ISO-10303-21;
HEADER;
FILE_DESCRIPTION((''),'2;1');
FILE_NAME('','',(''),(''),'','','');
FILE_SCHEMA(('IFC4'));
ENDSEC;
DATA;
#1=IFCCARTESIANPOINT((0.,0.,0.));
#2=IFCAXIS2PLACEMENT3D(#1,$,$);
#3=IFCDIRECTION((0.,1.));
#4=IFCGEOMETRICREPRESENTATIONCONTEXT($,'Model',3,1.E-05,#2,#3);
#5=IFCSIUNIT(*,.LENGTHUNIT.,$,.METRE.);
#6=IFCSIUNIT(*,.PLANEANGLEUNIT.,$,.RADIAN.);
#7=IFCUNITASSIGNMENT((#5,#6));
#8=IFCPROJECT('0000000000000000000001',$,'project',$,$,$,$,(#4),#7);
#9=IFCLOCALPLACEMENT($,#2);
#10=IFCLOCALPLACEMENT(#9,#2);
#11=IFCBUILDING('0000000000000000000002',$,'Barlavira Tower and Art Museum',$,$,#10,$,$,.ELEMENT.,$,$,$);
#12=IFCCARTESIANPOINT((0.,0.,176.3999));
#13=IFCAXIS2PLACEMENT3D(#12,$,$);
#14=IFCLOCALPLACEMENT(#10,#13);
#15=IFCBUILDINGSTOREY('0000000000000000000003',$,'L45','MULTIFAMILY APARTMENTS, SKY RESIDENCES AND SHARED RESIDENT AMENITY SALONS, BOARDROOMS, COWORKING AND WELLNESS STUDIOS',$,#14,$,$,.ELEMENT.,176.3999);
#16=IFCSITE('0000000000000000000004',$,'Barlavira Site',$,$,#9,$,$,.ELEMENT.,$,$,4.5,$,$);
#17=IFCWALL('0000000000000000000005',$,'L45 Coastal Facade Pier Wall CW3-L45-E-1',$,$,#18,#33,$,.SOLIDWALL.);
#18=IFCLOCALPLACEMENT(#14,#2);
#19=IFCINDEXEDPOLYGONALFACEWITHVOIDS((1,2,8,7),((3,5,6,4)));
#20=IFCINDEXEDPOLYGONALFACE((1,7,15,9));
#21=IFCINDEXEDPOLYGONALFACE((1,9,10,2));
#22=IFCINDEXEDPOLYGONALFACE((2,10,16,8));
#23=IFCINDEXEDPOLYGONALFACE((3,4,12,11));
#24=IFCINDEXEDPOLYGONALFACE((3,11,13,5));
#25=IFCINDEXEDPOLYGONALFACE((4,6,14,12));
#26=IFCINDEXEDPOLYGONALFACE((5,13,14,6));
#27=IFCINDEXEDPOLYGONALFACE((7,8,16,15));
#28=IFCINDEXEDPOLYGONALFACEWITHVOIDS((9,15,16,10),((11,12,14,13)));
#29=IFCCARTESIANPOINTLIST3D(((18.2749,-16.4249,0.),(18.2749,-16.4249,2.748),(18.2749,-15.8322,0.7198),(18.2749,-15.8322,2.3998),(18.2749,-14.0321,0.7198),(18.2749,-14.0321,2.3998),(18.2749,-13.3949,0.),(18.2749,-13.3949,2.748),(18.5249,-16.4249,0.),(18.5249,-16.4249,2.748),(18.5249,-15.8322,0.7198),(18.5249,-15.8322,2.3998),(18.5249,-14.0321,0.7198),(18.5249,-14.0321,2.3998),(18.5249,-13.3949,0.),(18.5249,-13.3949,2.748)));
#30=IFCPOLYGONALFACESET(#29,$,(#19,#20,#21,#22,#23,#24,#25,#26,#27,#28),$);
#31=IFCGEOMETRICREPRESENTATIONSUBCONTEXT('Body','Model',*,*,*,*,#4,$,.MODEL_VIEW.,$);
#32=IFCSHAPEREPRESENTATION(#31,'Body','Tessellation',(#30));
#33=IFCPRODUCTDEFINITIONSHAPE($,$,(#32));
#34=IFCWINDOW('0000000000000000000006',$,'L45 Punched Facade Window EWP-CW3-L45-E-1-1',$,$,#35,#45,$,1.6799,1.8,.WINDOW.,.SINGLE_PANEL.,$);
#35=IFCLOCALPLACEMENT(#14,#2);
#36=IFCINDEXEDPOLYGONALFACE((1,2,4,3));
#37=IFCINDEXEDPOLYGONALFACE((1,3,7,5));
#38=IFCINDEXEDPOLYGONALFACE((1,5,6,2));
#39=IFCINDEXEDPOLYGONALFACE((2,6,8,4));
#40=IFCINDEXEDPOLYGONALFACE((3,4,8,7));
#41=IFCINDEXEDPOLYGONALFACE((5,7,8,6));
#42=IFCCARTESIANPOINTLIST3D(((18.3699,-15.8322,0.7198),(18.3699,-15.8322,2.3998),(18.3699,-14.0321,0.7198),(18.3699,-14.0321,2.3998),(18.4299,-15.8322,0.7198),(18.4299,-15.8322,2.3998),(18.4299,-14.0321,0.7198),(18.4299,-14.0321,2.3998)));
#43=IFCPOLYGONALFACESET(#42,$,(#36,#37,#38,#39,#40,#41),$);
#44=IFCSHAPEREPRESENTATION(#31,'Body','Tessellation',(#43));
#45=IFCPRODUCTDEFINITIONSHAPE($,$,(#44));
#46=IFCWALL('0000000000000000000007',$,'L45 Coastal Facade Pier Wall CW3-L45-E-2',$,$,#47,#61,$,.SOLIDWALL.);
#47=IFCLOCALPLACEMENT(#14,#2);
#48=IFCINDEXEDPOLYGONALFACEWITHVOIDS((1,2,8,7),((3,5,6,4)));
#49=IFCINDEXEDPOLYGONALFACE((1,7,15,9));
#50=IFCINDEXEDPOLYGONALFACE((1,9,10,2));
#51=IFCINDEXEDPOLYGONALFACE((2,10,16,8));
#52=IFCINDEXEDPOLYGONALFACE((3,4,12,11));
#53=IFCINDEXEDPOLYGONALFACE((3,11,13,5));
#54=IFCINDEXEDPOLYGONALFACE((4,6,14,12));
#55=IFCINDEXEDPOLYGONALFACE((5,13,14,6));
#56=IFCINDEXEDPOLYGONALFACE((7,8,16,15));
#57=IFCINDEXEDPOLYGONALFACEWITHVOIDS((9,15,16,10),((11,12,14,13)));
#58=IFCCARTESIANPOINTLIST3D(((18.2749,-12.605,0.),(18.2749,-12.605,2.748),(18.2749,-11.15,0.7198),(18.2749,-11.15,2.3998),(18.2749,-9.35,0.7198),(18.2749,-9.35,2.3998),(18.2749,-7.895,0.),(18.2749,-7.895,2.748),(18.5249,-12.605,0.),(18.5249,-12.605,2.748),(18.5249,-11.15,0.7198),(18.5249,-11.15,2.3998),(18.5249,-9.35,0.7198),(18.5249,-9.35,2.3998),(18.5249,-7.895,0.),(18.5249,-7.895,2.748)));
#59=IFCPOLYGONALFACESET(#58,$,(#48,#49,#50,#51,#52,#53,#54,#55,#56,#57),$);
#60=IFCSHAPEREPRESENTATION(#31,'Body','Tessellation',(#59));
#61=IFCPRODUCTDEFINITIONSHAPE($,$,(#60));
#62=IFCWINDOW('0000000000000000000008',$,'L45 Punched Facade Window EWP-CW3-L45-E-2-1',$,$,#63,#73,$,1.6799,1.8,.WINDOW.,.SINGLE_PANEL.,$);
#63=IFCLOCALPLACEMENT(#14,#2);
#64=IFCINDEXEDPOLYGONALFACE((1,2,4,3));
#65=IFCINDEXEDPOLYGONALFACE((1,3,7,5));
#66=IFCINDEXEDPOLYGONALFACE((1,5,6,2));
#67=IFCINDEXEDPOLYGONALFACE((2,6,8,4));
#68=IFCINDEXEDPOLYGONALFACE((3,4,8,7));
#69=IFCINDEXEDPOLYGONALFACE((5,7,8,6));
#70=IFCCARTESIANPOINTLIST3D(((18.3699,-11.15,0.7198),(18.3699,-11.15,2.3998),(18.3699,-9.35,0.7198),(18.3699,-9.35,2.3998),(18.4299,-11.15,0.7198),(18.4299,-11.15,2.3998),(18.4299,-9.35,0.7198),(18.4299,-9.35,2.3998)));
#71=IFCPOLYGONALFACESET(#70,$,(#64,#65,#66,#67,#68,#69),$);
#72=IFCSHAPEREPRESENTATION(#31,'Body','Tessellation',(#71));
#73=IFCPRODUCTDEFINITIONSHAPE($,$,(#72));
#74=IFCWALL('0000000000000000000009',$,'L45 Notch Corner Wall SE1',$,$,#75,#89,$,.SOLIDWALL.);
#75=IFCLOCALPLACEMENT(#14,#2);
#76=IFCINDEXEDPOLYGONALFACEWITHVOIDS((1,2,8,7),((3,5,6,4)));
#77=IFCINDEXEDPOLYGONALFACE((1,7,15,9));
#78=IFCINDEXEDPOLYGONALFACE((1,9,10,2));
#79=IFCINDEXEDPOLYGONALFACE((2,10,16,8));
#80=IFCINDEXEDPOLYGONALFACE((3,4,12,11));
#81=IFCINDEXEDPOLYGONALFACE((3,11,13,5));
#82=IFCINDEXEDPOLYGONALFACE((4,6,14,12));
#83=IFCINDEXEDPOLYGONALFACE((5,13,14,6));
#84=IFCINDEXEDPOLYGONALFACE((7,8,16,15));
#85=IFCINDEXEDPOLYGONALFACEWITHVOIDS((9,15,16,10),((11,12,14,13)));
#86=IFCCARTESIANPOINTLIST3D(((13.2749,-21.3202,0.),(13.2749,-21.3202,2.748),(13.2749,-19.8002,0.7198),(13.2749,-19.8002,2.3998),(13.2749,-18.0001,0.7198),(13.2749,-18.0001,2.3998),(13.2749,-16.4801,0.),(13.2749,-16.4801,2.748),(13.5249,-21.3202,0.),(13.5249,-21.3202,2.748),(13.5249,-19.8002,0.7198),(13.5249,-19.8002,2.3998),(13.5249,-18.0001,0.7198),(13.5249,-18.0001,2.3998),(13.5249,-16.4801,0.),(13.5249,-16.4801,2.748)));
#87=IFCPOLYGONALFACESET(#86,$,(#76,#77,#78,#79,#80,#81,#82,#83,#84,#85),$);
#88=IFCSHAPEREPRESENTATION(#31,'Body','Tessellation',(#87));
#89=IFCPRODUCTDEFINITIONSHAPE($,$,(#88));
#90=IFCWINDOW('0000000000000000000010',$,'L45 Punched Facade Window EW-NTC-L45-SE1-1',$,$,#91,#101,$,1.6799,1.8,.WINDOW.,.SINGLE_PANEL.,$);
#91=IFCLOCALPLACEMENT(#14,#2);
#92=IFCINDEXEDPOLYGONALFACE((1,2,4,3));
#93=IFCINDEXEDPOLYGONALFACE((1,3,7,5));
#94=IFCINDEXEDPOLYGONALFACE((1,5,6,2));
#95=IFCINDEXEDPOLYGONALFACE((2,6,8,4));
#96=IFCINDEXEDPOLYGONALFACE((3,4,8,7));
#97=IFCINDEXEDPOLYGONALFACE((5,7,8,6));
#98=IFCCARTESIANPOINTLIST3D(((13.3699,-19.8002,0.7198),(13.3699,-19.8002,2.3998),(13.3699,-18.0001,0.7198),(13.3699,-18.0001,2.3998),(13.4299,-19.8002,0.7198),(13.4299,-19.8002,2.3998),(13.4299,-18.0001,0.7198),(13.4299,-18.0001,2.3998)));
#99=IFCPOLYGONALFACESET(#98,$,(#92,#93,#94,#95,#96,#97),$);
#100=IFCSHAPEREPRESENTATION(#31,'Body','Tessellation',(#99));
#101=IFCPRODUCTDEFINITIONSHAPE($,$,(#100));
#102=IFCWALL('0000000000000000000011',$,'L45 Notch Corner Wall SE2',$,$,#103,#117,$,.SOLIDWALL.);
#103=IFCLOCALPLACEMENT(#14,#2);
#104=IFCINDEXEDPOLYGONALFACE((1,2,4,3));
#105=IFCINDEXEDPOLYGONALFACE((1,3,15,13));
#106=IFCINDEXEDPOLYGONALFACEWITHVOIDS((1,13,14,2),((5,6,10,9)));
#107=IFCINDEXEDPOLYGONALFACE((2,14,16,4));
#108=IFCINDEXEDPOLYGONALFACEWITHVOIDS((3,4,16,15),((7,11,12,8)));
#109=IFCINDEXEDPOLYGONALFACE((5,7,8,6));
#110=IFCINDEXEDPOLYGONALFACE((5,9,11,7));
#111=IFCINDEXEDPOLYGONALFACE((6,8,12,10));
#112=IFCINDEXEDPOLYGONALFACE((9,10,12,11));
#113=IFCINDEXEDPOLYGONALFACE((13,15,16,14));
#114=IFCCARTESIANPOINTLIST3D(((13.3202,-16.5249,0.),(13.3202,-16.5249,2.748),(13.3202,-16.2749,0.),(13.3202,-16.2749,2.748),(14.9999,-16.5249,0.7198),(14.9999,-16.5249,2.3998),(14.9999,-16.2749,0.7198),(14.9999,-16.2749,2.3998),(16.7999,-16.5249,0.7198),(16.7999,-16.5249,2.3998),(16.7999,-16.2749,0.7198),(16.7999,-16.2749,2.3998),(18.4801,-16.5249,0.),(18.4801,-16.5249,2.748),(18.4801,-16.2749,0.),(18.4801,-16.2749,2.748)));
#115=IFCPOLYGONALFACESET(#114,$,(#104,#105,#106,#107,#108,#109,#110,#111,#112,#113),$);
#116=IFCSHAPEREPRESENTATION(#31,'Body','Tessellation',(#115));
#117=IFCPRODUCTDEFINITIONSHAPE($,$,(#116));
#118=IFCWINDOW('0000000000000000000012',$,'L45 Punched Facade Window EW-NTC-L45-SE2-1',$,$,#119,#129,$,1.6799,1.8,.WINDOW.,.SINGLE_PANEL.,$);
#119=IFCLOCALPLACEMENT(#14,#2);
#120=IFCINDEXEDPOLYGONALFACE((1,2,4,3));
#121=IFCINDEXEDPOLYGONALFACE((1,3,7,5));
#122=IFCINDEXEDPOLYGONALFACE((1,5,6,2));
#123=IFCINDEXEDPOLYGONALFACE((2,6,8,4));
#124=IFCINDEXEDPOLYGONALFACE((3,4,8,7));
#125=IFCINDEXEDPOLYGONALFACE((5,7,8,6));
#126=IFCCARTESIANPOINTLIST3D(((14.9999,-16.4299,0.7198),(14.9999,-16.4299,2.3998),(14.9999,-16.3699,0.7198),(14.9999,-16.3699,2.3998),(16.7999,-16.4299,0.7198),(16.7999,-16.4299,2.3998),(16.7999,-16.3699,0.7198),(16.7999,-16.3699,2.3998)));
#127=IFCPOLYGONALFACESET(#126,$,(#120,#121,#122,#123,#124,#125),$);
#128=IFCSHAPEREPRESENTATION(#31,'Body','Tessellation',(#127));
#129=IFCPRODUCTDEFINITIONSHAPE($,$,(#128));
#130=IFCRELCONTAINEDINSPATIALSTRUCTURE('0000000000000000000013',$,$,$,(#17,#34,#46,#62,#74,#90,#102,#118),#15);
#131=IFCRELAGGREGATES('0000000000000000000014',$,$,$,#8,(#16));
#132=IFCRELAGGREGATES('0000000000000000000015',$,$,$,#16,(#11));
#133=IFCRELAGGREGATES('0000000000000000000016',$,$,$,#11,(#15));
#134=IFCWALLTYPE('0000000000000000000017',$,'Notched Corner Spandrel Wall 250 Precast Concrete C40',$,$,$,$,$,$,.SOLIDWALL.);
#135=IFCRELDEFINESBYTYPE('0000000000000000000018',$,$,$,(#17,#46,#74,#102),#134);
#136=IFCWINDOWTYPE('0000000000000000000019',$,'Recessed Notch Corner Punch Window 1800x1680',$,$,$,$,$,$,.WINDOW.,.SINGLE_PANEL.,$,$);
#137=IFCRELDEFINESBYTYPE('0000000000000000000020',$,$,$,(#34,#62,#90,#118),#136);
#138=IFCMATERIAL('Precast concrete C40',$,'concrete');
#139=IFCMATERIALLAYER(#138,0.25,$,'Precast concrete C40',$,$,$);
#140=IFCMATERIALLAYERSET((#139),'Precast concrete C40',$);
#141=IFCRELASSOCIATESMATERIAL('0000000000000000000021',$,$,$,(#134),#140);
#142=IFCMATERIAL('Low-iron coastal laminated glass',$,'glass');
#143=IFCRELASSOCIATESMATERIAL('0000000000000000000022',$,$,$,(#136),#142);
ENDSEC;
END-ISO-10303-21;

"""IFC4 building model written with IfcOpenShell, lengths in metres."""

from ifc_helpers import new_model, si_unit, direction, frame, frame_2d, origin, place, context, subcontext, project, spatial, rectangle, extrude, material, layer, layer_set, type_object, element, fill, save


model = new_model("IFC4")

# Units and contexts
model_context = context("Model", 3, precision=1e-05, world=origin(), true_north=direction((0.0, 1.0)))
body_context = subcontext(model_context, "Body", "Model", "MODEL_VIEW")
ifc_project = project(units=[si_unit("LENGTHUNIT", "METRE"), si_unit("PLANEANGLEUNIT", "RADIAN")], contexts=[model_context])

# Site, building, storey
site_placement = place(None, origin())
site = spatial("IfcSite", under=ifc_project, at=site_placement, Name="Barlavira Site", CompositionType="ELEMENT", RefElevation=4.5)
building_placement = place(site_placement, origin())
building = spatial("IfcBuilding", under=site, at=building_placement, Name="Barlavira Tower and Art Museum", CompositionType="ELEMENT")
storey_placement = place(building_placement, frame((0.0, 0.0, 176.3999)))
storey = spatial("IfcBuildingStorey", under=building, at=storey_placement, Name="L45", Description="MULTIFAMILY APARTMENTS, SKY RESIDENCES AND SHARED RESIDENT AMENITY SALONS, BOARDROOMS, COWORKING AND WELLNESS STUDIOS", CompositionType="ELEMENT", Elevation=176.3999)

# Walls, openings, windows
ifc_material_1 = material(Name="Precast concrete C40", Category="concrete")
ifc_layer_1 = layer(ifc_material_1, 0.25, Name="Precast concrete C40")
ifc_layer_set_1 = layer_set([ifc_layer_1], Name="Precast concrete C40")
wall_type_1 = type_object("IfcWallType", Name="Notched Corner Spandrel Wall 250 Precast Concrete C40", PredefinedType="SOLIDWALL", material=ifc_layer_set_1)
ifc_material_2 = material(Name="Low-iron coastal laminated glass", Category="glass")
wall_1_placement = place(storey_placement, frame((18.3999, -16.425, 0.0), z_axis=(0.0, 0.0, 1.0), x_axis=(0.0, 1.0, 0.0)))
wall_1 = element("IfcWall", 1, at=wall_1_placement, inside=storey, type_object=wall_type_1, Name="L45 Coastal Facade Pier Wall CW3-L45-E-1", PredefinedType="SOLIDWALL", context=body_context, shape_type="SweptSolid", body=[
    extrude(rectangle(XDim=3.03, YDim=0.25, at=frame_2d((1.5151, 0.0))), origin(), (0.0, 0.0, 1.0), 2.748),
])
opening_1_placement = place(wall_1_placement, frame((0.593, 0.0, 0.72)))
opening_1 = element("IfcOpeningElement", 2, at=opening_1_placement, cuts=wall_1, PredefinedType="OPENING", context=body_context, shape_type="SweptSolid", body=[
    extrude(rectangle(XDim=1.8, YDim=1.6799, at=frame_2d((0.8999, 0.8398))), frame((0.0, 0.135, 0.0), z_axis=(0.0, -1.0, 0.0), x_axis=(1.0, 0.0, 0.0)), (0.0, 0.0, 1.0), 0.27),
])
window_type_1 = type_object("IfcWindowType", Name="Recessed Notch Corner Punch Window 1800x1680", PartitioningType="SINGLE_PANEL", PredefinedType="WINDOW", material=ifc_material_2)
window_1_placement = place(opening_1_placement, origin())
window_1 = element("IfcWindow", 3, at=window_1_placement, inside=storey, type_object=window_type_1, Name="L45 Punched Facade Window EWP-CW3-L45-E-1-1", OverallHeight=1.6799, OverallWidth=1.8, PartitioningType="SINGLE_PANEL", PredefinedType="WINDOW", context=body_context, shape_type="SweptSolid", body=[
    extrude(rectangle(XDim=1.8, YDim=1.6799, at=frame_2d((0.8999, 0.8398))), frame((0.0, 0.03, 0.0), z_axis=(0.0, -1.0, 0.0), x_axis=(1.0, 0.0, 0.0)), (0.0, 0.0, 1.0), 0.0601),
])
fill(opening_1, window_1)
wall_2_placement = place(storey_placement, frame((18.3999, -12.605, 0.0), z_axis=(0.0, 0.0, 1.0), x_axis=(0.0, 1.0, 0.0)))
wall_2 = element("IfcWall", 4, at=wall_2_placement, inside=storey, type_object=wall_type_1, Name="L45 Coastal Facade Pier Wall CW3-L45-E-2", PredefinedType="SOLIDWALL", context=body_context, shape_type="SweptSolid", body=[
    extrude(rectangle(XDim=4.71, YDim=0.25, at=frame_2d((2.355, 0.0))), origin(), (0.0, 0.0, 1.0), 2.748),
])
opening_2_placement = place(wall_2_placement, frame((1.4551, 0.0, 0.72)))
opening_2 = element("IfcOpeningElement", 5, at=opening_2_placement, cuts=wall_2, PredefinedType="OPENING", context=body_context, shape_type="SweptSolid", body=[
    extrude(rectangle(XDim=1.8, YDim=1.6799, at=frame_2d((0.8999, 0.8398))), frame((0.0, 0.135, 0.0), z_axis=(0.0, -1.0, 0.0), x_axis=(1.0, 0.0, 0.0)), (0.0, 0.0, 1.0), 0.27),
])
window_2_placement = place(opening_2_placement, origin())
window_2 = element("IfcWindow", 6, at=window_2_placement, inside=storey, type_object=window_type_1, Name="L45 Punched Facade Window EWP-CW3-L45-E-2-1", OverallHeight=1.6799, OverallWidth=1.8, PartitioningType="SINGLE_PANEL", PredefinedType="WINDOW", context=body_context, shape_type="SweptSolid", body=[
    extrude(rectangle(XDim=1.8, YDim=1.6799, at=frame_2d((0.8999, 0.8398))), frame((0.0, 0.03, 0.0), z_axis=(0.0, -1.0, 0.0), x_axis=(1.0, 0.0, 0.0)), (0.0, 0.0, 1.0), 0.0601),
])
fill(opening_2, window_2)
wall_3_placement = place(storey_placement, frame((13.3999, -21.3201, 0.0), z_axis=(0.0, 0.0, 1.0), x_axis=(0.0, 1.0, 0.0)))
wall_3 = element("IfcWall", 7, at=wall_3_placement, inside=storey, type_object=wall_type_1, Name="L45 Notch Corner Wall SE1", PredefinedType="SOLIDWALL", context=body_context, shape_type="SweptSolid", body=[
    extrude(rectangle(XDim=4.8401, YDim=0.25, at=frame_2d((2.4199, 0.0))), origin(), (0.0, 0.0, 1.0), 2.748),
])
opening_3_placement = place(wall_3_placement, frame((1.52, 0.0, 0.72)))
opening_3 = element("IfcOpeningElement", 8, at=opening_3_placement, cuts=wall_3, PredefinedType="OPENING", context=body_context, shape_type="SweptSolid", body=[
    extrude(rectangle(XDim=1.8, YDim=1.6799, at=frame_2d((0.8999, 0.8398))), frame((0.0, 0.135, 0.0), z_axis=(0.0, -1.0, 0.0), x_axis=(1.0, 0.0, 0.0)), (0.0, 0.0, 1.0), 0.27),
])
window_3_placement = place(opening_3_placement, origin())
window_3 = element("IfcWindow", 9, at=window_3_placement, inside=storey, type_object=window_type_1, Name="L45 Punched Facade Window EW-NTC-L45-SE1-1", OverallHeight=1.6799, OverallWidth=1.8, PartitioningType="SINGLE_PANEL", PredefinedType="WINDOW", context=body_context, shape_type="SweptSolid", body=[
    extrude(rectangle(XDim=1.8, YDim=1.6799, at=frame_2d((0.8999, 0.8398))), frame((0.0, 0.03, 0.0), z_axis=(0.0, -1.0, 0.0), x_axis=(1.0, 0.0, 0.0)), (0.0, 0.0, 1.0), 0.0601),
])
fill(opening_3, window_3)
wall_4_placement = place(storey_placement, frame((13.3201, -16.3999, 0.0), z_axis=(0.0, 0.0, 1.0), x_axis=(1.0, 0.0, 0.0)))
wall_4 = element("IfcWall", 10, at=wall_4_placement, inside=storey, type_object=wall_type_1, Name="L45 Notch Corner Wall SE2", PredefinedType="SOLIDWALL", context=body_context, shape_type="SweptSolid", body=[
    extrude(rectangle(XDim=5.1599, YDim=0.25, at=frame_2d((2.5801, 0.0))), origin(), (0.0, 0.0, 1.0), 2.748),
])
opening_4_placement = place(wall_4_placement, frame((1.6799, 0.0, 0.72)))
opening_4 = element("IfcOpeningElement", 11, at=opening_4_placement, cuts=wall_4, PredefinedType="OPENING", context=body_context, shape_type="SweptSolid", body=[
    extrude(rectangle(XDim=1.8, YDim=1.6799, at=frame_2d((0.8999, 0.8398))), frame((0.0, 0.135, 0.0), z_axis=(0.0, -1.0, 0.0), x_axis=(1.0, 0.0, 0.0)), (0.0, 0.0, 1.0), 0.27),
])
window_4_placement = place(opening_4_placement, origin())
window_4 = element("IfcWindow", 12, at=window_4_placement, inside=storey, type_object=window_type_1, Name="L45 Punched Facade Window EW-NTC-L45-SE2-1", OverallHeight=1.6799, OverallWidth=1.8, PartitioningType="SINGLE_PANEL", PredefinedType="WINDOW", context=body_context, shape_type="SweptSolid", body=[
    extrude(rectangle(XDim=1.8, YDim=1.6799, at=frame_2d((0.8999, 0.8398))), frame((0.0, 0.03, 0.0), z_axis=(0.0, -1.0, 0.0), x_axis=(1.0, 0.0, 0.0)), (0.0, 0.0, 1.0), 0.0601),
])
fill(opening_4, window_4)

save(model, "model.ifc")
